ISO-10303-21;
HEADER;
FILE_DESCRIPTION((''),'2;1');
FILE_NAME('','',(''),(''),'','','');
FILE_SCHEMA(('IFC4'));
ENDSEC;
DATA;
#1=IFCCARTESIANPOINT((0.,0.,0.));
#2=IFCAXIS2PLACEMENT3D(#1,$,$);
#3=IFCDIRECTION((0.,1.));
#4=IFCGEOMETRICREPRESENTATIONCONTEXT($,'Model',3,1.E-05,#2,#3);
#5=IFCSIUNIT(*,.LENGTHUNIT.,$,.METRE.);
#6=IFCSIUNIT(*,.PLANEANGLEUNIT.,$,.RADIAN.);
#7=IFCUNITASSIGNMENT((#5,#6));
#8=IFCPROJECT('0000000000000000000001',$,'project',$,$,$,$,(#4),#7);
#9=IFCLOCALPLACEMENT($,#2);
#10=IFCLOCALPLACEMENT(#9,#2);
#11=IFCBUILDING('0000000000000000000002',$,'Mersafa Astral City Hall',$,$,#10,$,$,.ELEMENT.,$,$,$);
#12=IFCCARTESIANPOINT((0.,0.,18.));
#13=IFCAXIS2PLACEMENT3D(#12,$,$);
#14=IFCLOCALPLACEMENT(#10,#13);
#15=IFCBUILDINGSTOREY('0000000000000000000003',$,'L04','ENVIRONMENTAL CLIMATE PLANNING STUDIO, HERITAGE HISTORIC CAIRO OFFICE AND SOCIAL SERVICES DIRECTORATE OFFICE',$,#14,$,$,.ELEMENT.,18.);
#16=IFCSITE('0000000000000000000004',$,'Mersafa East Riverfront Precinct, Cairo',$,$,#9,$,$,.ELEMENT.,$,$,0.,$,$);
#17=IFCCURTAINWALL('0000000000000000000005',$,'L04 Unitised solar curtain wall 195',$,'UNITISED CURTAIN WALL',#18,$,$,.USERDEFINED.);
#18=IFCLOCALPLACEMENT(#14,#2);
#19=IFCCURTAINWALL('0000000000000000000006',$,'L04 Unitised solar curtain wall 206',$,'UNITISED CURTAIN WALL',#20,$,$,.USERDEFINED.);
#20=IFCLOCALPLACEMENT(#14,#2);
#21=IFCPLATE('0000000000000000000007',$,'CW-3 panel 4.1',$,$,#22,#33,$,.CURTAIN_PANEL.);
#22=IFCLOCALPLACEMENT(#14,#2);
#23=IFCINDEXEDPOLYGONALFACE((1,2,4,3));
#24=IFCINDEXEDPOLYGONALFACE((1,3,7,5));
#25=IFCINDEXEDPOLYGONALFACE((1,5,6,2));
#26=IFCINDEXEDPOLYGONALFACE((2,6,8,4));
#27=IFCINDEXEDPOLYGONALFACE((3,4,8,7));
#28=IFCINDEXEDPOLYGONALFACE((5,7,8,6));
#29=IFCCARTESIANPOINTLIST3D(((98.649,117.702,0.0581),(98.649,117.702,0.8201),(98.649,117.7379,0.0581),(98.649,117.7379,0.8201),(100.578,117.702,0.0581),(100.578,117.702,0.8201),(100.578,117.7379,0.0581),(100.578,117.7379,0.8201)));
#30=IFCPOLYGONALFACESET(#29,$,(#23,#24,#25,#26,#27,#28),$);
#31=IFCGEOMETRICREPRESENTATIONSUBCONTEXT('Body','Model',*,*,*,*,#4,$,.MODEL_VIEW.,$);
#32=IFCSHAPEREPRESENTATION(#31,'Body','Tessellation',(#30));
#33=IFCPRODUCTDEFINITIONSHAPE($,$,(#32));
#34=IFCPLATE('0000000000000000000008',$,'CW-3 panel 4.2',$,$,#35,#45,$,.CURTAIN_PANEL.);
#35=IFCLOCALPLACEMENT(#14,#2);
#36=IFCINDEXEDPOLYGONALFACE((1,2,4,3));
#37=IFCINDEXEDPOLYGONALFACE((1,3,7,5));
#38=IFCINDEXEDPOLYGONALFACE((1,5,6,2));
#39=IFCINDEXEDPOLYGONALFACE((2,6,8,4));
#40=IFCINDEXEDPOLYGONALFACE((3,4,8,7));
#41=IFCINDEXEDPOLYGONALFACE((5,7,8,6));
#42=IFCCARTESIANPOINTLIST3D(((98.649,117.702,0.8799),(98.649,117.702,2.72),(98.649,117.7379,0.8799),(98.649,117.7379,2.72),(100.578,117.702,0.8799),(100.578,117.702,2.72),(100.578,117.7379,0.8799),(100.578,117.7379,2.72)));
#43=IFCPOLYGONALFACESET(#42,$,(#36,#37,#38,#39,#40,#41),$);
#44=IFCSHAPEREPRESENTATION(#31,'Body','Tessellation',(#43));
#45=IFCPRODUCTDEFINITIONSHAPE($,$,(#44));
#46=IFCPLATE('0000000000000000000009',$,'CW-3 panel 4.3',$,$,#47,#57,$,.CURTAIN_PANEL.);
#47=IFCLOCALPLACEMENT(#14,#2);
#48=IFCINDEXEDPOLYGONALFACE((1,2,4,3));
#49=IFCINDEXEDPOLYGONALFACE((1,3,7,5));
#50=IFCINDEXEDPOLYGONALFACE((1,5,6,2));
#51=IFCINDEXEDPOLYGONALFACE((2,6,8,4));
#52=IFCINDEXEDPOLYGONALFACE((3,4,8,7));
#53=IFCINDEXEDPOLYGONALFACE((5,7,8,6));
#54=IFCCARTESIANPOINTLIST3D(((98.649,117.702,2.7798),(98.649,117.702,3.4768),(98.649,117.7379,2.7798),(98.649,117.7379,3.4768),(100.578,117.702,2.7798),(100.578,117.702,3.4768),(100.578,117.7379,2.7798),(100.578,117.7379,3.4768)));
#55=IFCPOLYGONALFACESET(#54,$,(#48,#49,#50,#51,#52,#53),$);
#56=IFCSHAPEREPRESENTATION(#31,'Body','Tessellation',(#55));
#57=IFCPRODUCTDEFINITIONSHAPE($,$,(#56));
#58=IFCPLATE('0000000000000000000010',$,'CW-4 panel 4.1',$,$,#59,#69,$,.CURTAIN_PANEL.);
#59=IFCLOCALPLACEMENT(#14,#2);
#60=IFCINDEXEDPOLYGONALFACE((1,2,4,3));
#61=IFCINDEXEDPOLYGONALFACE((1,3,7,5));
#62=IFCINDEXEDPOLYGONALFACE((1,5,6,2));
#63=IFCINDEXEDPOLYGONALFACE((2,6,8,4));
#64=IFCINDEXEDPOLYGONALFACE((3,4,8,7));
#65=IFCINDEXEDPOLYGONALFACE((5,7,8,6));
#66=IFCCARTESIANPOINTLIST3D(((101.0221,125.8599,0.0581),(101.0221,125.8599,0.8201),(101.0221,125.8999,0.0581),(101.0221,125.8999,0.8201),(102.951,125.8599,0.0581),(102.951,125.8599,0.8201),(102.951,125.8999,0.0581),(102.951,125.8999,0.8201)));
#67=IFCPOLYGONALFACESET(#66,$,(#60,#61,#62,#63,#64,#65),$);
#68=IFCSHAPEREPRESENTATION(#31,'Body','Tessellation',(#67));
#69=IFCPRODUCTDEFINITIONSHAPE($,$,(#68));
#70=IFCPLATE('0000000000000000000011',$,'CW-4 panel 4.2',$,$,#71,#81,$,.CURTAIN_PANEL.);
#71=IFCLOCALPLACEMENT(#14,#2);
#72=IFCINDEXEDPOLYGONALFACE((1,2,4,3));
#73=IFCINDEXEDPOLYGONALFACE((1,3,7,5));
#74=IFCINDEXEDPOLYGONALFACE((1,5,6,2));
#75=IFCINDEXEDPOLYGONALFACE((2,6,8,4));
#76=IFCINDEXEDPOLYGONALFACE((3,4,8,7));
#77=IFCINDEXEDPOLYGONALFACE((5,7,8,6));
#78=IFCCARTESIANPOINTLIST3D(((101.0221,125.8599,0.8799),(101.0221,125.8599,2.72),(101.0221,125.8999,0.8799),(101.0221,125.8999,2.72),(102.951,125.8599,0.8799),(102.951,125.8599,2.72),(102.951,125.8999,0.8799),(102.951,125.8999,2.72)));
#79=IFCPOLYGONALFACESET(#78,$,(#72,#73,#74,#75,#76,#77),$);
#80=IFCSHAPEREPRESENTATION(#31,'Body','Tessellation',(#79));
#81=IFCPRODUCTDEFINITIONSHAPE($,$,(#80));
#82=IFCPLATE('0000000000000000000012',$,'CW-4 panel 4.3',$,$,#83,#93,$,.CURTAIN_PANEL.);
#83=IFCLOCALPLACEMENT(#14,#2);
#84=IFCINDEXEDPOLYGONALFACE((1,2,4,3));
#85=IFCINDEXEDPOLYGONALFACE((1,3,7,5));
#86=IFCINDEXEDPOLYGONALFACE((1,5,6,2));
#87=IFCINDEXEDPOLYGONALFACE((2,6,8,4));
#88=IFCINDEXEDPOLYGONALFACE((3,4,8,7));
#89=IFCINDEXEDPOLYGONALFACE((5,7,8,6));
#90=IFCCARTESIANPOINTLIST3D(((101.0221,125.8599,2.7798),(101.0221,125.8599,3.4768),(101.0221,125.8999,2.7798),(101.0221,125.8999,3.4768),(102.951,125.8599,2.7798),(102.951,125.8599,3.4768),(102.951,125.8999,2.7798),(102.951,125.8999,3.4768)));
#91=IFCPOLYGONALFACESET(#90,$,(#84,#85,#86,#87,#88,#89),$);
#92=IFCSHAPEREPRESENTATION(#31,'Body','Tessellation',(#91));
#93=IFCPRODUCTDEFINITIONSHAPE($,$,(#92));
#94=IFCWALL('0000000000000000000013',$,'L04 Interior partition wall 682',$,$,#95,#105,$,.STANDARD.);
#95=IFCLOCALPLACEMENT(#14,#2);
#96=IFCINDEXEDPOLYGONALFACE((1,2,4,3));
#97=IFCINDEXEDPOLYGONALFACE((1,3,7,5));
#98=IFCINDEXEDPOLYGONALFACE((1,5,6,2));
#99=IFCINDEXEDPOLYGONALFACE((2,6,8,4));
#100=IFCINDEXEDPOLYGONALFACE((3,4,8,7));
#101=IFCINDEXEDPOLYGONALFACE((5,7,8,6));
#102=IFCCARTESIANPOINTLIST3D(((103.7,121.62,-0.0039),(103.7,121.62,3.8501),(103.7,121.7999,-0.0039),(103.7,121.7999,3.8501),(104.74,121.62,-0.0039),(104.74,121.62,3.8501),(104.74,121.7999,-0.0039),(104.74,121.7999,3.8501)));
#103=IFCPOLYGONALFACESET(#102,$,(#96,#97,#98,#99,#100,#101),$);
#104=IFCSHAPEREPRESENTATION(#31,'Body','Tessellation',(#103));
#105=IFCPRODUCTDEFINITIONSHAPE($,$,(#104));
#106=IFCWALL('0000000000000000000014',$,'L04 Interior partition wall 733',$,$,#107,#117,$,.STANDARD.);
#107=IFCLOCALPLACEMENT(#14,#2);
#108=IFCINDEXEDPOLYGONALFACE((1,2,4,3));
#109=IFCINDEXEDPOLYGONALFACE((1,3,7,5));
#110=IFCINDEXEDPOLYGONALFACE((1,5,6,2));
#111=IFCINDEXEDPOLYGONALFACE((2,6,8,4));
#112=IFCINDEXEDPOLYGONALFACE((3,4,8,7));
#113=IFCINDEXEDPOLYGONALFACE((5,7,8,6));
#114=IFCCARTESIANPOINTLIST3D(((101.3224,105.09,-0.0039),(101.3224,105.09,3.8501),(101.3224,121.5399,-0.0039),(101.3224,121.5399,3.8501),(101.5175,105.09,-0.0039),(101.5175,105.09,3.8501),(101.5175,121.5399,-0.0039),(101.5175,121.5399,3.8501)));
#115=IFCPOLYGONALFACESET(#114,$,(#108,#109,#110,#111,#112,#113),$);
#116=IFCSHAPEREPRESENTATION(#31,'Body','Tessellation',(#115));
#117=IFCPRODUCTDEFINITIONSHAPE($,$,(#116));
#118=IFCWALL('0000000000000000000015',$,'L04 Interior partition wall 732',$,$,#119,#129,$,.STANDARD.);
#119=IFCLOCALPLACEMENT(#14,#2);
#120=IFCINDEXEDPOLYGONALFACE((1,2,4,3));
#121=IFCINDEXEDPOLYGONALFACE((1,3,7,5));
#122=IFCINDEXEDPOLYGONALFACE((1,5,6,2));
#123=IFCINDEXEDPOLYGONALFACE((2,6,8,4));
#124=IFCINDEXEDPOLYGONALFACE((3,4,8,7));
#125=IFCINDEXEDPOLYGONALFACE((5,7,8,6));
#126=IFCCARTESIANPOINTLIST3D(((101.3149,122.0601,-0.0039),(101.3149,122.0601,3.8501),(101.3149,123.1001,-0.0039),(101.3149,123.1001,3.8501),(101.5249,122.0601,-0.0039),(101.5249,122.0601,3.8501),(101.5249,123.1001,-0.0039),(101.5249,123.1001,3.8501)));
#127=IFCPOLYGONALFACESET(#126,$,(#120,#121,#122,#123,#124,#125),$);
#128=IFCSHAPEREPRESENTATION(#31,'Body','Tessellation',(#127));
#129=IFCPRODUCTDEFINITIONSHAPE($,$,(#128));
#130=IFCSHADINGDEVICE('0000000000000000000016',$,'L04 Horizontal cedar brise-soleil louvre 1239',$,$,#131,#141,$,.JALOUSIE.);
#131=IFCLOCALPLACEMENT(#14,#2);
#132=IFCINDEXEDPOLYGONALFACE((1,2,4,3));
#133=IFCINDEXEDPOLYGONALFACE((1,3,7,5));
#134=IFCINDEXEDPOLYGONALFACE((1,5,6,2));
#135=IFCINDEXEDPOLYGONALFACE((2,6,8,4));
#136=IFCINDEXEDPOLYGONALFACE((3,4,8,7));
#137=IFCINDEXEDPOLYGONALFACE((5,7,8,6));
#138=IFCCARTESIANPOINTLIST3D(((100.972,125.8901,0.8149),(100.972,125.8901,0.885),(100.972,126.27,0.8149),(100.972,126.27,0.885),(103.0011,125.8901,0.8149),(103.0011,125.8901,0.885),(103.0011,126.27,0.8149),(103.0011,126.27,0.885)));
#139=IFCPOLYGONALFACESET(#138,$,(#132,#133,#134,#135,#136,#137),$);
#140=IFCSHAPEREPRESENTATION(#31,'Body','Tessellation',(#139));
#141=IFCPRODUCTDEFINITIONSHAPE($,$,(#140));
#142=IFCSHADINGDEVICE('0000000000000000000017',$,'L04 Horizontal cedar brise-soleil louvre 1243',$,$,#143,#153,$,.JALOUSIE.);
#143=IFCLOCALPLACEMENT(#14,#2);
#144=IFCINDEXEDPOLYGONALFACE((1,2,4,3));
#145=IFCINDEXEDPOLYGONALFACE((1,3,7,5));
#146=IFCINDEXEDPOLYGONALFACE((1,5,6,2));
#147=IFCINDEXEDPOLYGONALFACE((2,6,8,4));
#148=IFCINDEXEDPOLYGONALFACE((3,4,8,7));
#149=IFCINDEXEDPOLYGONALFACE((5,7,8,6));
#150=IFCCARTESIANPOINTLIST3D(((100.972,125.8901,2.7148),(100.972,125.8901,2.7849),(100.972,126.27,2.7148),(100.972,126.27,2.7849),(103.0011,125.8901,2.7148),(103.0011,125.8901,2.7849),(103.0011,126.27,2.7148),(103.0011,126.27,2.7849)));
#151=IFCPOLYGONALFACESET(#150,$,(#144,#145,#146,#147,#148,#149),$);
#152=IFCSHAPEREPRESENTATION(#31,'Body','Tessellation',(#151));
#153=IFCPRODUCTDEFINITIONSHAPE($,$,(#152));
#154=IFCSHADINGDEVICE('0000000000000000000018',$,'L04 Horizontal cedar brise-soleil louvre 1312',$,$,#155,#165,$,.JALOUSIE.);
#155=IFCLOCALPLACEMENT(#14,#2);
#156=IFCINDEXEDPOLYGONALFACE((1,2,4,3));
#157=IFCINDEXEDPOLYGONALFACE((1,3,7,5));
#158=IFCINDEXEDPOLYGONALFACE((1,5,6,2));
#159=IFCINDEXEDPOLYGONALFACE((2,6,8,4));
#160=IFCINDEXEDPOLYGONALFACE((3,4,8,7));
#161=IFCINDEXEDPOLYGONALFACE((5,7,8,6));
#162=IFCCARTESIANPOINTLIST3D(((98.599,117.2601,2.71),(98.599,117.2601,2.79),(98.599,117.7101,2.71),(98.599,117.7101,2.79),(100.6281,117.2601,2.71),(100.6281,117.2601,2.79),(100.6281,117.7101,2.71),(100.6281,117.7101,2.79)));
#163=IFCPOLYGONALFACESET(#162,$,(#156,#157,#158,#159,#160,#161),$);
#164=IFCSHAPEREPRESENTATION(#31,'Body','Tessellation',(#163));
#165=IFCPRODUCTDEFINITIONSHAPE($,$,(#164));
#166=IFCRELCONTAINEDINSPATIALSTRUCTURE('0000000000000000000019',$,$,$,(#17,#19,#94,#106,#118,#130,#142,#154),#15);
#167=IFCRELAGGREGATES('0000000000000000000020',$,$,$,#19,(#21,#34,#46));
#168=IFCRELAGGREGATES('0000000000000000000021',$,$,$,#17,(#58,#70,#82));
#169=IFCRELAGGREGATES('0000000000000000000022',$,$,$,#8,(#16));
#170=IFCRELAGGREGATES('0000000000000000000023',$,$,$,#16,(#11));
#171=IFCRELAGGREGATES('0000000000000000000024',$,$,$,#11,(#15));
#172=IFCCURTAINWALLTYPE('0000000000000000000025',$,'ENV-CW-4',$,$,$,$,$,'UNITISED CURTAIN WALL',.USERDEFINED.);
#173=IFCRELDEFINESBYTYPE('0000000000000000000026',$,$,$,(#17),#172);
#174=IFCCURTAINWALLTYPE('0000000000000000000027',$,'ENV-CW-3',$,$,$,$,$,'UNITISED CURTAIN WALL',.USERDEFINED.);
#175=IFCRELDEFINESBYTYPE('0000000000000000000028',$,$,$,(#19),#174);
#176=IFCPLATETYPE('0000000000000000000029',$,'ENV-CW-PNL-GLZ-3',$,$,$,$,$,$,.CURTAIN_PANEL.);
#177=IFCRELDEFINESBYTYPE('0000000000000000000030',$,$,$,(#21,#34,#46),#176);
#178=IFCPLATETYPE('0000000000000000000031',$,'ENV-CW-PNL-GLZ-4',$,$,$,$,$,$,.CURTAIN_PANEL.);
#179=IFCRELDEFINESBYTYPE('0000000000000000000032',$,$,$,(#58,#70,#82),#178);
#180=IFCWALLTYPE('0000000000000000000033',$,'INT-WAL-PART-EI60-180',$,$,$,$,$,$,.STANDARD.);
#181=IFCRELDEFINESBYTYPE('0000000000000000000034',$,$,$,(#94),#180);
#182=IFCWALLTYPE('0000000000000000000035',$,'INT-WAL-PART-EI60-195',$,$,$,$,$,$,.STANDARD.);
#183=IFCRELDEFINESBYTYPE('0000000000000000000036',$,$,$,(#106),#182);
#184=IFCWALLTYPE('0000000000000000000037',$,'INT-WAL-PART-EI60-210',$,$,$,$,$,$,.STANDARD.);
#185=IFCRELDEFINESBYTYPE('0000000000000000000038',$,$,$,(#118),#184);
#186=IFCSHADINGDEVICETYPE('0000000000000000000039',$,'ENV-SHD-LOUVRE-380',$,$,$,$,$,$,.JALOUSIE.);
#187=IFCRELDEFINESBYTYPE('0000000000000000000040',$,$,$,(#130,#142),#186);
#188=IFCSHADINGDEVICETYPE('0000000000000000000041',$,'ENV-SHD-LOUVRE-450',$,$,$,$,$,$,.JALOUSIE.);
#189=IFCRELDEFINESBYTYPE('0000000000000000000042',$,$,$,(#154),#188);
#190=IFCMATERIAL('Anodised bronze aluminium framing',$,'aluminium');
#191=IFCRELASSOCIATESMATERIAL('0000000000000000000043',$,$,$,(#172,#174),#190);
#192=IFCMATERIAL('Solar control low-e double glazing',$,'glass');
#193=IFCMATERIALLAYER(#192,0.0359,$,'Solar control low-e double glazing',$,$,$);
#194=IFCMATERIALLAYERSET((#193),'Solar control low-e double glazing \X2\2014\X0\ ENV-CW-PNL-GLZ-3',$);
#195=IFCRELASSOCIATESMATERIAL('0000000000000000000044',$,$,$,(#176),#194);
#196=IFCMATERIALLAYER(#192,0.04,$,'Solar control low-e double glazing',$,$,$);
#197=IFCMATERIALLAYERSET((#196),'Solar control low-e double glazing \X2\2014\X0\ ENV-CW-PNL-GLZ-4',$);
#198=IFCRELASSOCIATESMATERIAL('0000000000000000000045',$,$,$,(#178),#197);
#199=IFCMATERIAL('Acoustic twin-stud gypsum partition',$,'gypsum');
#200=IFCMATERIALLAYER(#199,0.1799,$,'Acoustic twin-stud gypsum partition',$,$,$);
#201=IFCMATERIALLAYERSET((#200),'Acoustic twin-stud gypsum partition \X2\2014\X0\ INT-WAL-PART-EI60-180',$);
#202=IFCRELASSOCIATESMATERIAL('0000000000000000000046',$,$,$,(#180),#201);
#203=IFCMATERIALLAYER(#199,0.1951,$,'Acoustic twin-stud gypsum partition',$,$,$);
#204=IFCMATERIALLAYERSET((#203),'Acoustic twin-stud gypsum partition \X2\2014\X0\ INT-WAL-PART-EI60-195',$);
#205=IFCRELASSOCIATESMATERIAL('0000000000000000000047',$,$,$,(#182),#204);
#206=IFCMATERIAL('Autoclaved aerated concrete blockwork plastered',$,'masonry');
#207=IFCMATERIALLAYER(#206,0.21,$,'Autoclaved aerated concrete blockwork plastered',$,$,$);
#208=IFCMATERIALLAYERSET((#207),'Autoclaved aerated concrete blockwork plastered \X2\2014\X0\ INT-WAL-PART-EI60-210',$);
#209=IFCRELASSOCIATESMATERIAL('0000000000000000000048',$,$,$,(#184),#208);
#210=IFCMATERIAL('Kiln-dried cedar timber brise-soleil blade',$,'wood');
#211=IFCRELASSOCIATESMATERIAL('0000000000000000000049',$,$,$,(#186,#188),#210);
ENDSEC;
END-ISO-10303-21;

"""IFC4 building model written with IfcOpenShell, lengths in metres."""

from ifc_helpers import new_model, si_unit, direction, frame, frame_2d, origin, origin_2d, place, context, subcontext, project, spatial, rectangle, extrude, material, layer, layer_set, type_object, element, aggregate, save


model = new_model("IFC4")

# Units and contexts
model_context = context("Model", 3, precision=1e-05, world=origin(), true_north=direction((0.0, 1.0)))
body_context = subcontext(model_context, "Body", "Model", "MODEL_VIEW")
ifc_project = project(units=[si_unit("LENGTHUNIT", "METRE"), si_unit("PLANEANGLEUNIT", "RADIAN")], contexts=[model_context])

# Site, building, storey
site_placement = place(None, origin())
site = spatial("IfcSite", under=ifc_project, at=site_placement, Name="Mersafa East Riverfront Precinct, Cairo", CompositionType="ELEMENT", RefElevation=0.0)
building_placement = place(site_placement, origin())
building = spatial("IfcBuilding", under=site, at=building_placement, Name="Mersafa Astral City Hall", CompositionType="ELEMENT")
storey_placement = place(building_placement, frame((0.0, 0.0, 18.0)))
storey = spatial("IfcBuildingStorey", under=building, at=storey_placement, Name="L04", Description="ENVIRONMENTAL CLIMATE PLANNING STUDIO, HERITAGE HISTORIC CAIRO OFFICE AND SOCIAL SERVICES DIRECTORATE OFFICE", CompositionType="ELEMENT", Elevation=18.0)

# Curtain wall
ifc_material_1 = material(Name="Anodised bronze aluminium framing", Category="aluminium")
curtain_wall_type_1 = type_object("IfcCurtainWallType", Name="ENV-CW-4", ElementType="UNITISED CURTAIN WALL", PredefinedType="USERDEFINED", material=ifc_material_1)
curtain_wall_1_placement = place(storey_placement, origin())
curtain_wall_1 = element("IfcCurtainWall", 1, at=curtain_wall_1_placement, inside=storey, type_object=curtain_wall_type_1, Name="L04 Unitised solar curtain wall 195", ObjectType="UNITISED CURTAIN WALL", PredefinedType="USERDEFINED")

# Curtain wall
curtain_wall_type_2 = type_object("IfcCurtainWallType", Name="ENV-CW-3", ElementType="UNITISED CURTAIN WALL", PredefinedType="USERDEFINED", material=ifc_material_1)
curtain_wall_2_placement = place(storey_placement, origin())
curtain_wall_2 = element("IfcCurtainWall", 2, at=curtain_wall_2_placement, inside=storey, type_object=curtain_wall_type_2, Name="L04 Unitised solar curtain wall 206", ObjectType="UNITISED CURTAIN WALL", PredefinedType="USERDEFINED")

# Plates
ifc_material_2 = material(Name="Solar control low-e double glazing", Category="glass")
ifc_layer_1 = layer(ifc_material_2, 0.0359, Name="Solar control low-e double glazing")
ifc_layer_set_1 = layer_set([ifc_layer_1], Name="Solar control low-e double glazing — ENV-CW-PNL-GLZ-3")
plate_type_1 = type_object("IfcPlateType", Name="ENV-CW-PNL-GLZ-3", PredefinedType="CURTAIN_PANEL", material=ifc_layer_set_1)
plate_1_placement = place(storey_placement, frame((99.6135, 117.72, 0.0581), z_axis=(0.0, 0.0, 1.0), x_axis=(1.0, 0.0, 0.0)))
plate_1 = element("IfcPlate", 3, at=plate_1_placement, type_object=plate_type_1, Name="CW-3 panel 4.1", PredefinedType="CURTAIN_PANEL", context=body_context, shape_type="SweptSolid", body=[
    extrude(rectangle(XDim=1.929, YDim=0.0359, at=origin_2d()), origin(), (0.0, 0.0, 1.0), 0.762),
])
plate_2_placement = place(storey_placement, frame((99.6135, 117.72, 0.8799), z_axis=(0.0, 0.0, 1.0), x_axis=(1.0, 0.0, 0.0)))
plate_2 = element("IfcPlate", 4, at=plate_2_placement, type_object=plate_type_1, Name="CW-3 panel 4.2", PredefinedType="CURTAIN_PANEL", context=body_context, shape_type="SweptSolid", body=[
    extrude(rectangle(XDim=1.929, YDim=0.0359, at=origin_2d()), origin(), (0.0, 0.0, 1.0), 1.8401),
])
plate_3_placement = place(storey_placement, frame((99.6135, 117.72, 2.7798), z_axis=(0.0, 0.0, 1.0), x_axis=(1.0, 0.0, 0.0)))
plate_3 = element("IfcPlate", 5, at=plate_3_placement, type_object=plate_type_1, Name="CW-3 panel 4.3", PredefinedType="CURTAIN_PANEL", context=body_context, shape_type="SweptSolid", body=[
    extrude(rectangle(XDim=1.929, YDim=0.0359, at=origin_2d()), origin(), (0.0, 0.0, 1.0), 0.697),
])
aggregate(curtain_wall_2, [plate_1, plate_2, plate_3])
ifc_layer_2 = layer(ifc_material_2, 0.04, Name="Solar control low-e double glazing")
ifc_layer_set_2 = layer_set([ifc_layer_2], Name="Solar control low-e double glazing — ENV-CW-PNL-GLZ-4")
plate_type_2 = type_object("IfcPlateType", Name="ENV-CW-PNL-GLZ-4", PredefinedType="CURTAIN_PANEL", material=ifc_layer_set_2)
plate_4_placement = place(storey_placement, frame((101.9866, 125.8799, 0.0581), z_axis=(0.0, 0.0, 1.0), x_axis=(-1.0, 0.0, 0.0)))
plate_4 = element("IfcPlate", 6, at=plate_4_placement, type_object=plate_type_2, Name="CW-4 panel 4.1", PredefinedType="CURTAIN_PANEL", context=body_context, shape_type="SweptSolid", body=[
    extrude(rectangle(XDim=1.929, YDim=0.04, at=origin_2d()), origin(), (0.0, 0.0, 1.0), 0.762),
])
plate_5_placement = place(storey_placement, frame((101.9866, 125.8799, 0.8799), z_axis=(0.0, 0.0, 1.0), x_axis=(-1.0, 0.0, 0.0)))
plate_5 = element("IfcPlate", 7, at=plate_5_placement, type_object=plate_type_2, Name="CW-4 panel 4.2", PredefinedType="CURTAIN_PANEL", context=body_context, shape_type="SweptSolid", body=[
    extrude(rectangle(XDim=1.929, YDim=0.04, at=origin_2d()), origin(), (0.0, 0.0, 1.0), 1.8401),
])
plate_6_placement = place(storey_placement, frame((101.9866, 125.8799, 2.7798), z_axis=(0.0, 0.0, 1.0), x_axis=(-1.0, 0.0, 0.0)))
plate_6 = element("IfcPlate", 8, at=plate_6_placement, type_object=plate_type_2, Name="CW-4 panel 4.3", PredefinedType="CURTAIN_PANEL", context=body_context, shape_type="SweptSolid", body=[
    extrude(rectangle(XDim=1.929, YDim=0.04, at=origin_2d()), origin(), (0.0, 0.0, 1.0), 0.697),
])
aggregate(curtain_wall_1, [plate_4, plate_5, plate_6])

# Walls
ifc_material_3 = material(Name="Acoustic twin-stud gypsum partition", Category="gypsum")
ifc_layer_3 = layer(ifc_material_3, 0.1799, Name="Acoustic twin-stud gypsum partition")
ifc_layer_set_3 = layer_set([ifc_layer_3], Name="Acoustic twin-stud gypsum partition — INT-WAL-PART-EI60-180")
wall_type_1 = type_object("IfcWallType", Name="INT-WAL-PART-EI60-180", PredefinedType="STANDARD", material=ifc_layer_set_3)
wall_1_placement = place(storey_placement, frame((103.7, 121.71, -0.0039), z_axis=(0.0, 0.0, 1.0), x_axis=(1.0, 0.0, 0.0)))
element("IfcWall", 9, at=wall_1_placement, inside=storey, type_object=wall_type_1, Name="L04 Interior partition wall 682", PredefinedType="STANDARD", context=body_context, shape_type="SweptSolid", body=[
    extrude(rectangle(XDim=1.04, YDim=0.1799, at=frame_2d((0.52, 0.0))), origin(), (0.0, 0.0, 1.0), 3.854),
])
ifc_layer_4 = layer(ifc_material_3, 0.1951, Name="Acoustic twin-stud gypsum partition")
ifc_layer_set_4 = layer_set([ifc_layer_4], Name="Acoustic twin-stud gypsum partition — INT-WAL-PART-EI60-195")
wall_type_2 = type_object("IfcWallType", Name="INT-WAL-PART-EI60-195", PredefinedType="STANDARD", material=ifc_layer_set_4)
wall_2_placement = place(storey_placement, frame((101.4199, 121.54, -0.0039), z_axis=(0.0, 0.0, 1.0), x_axis=(0.0, -1.0, 0.0)))
element("IfcWall", 10, at=wall_2_placement, inside=storey, type_object=wall_type_2, Name="L04 Interior partition wall 733", PredefinedType="STANDARD", context=body_context, shape_type="SweptSolid", body=[
    extrude(rectangle(XDim=16.45, YDim=0.1951, at=frame_2d((8.2251, 0.0))), origin(), (0.0, 0.0, 1.0), 3.854),
])
ifc_material_4 = material(Name="Autoclaved aerated concrete blockwork plastered", Category="masonry")
ifc_layer_5 = layer(ifc_material_4, 0.21, Name="Autoclaved aerated concrete blockwork plastered")
ifc_layer_set_5 = layer_set([ifc_layer_5], Name="Autoclaved aerated concrete blockwork plastered — INT-WAL-PART-EI60-210")
wall_type_3 = type_object("IfcWallType", Name="INT-WAL-PART-EI60-210", PredefinedType="STANDARD", material=ifc_layer_set_5)
wall_3_placement = place(storey_placement, frame((101.4199, 123.1001, -0.0039), z_axis=(0.0, 0.0, 1.0), x_axis=(0.0, -1.0, 0.0)))
element("IfcWall", 11, at=wall_3_placement, inside=storey, type_object=wall_type_3, Name="L04 Interior partition wall 732", PredefinedType="STANDARD", context=body_context, shape_type="SweptSolid", body=[
    extrude(rectangle(XDim=1.04, YDim=0.21, at=frame_2d((0.52, 0.0))), origin(), (0.0, 0.0, 1.0), 3.854),
])

# Shading devices
ifc_material_5 = material(Name="Kiln-dried cedar timber brise-soleil blade", Category="wood")
shading_device_type_1 = type_object("IfcShadingDeviceType", Name="ENV-SHD-LOUVRE-380", PredefinedType="JALOUSIE", material=ifc_material_5)
for number, where, z_axis, x_axis, name in (
    (12, (101.9866, 126.0801, 0.8149), (0.0, 0.0, 1.0), (-1.0, 0.0, 0.0), "L04 Horizontal cedar brise-soleil louvre 1239"),
    (13, (101.9866, 126.0801, 2.7148), (0.0, 0.0, 1.0), (-1.0, 0.0, 0.0), "L04 Horizontal cedar brise-soleil louvre 1243"),
):
    element("IfcShadingDevice", number, at=place(storey_placement, frame(where, z_axis=z_axis, x_axis=x_axis)), inside=storey, type_object=shading_device_type_1, Name=name, PredefinedType="JALOUSIE", context=body_context, shape_type="SweptSolid", body=[
        extrude(rectangle(XDim=2.0291, YDim=0.3799, at=origin_2d()), origin(), (0.0, 0.0, 1.0), 0.0701),
    ])
shading_device_type_2 = type_object("IfcShadingDeviceType", Name="ENV-SHD-LOUVRE-450", PredefinedType="JALOUSIE", material=ifc_material_5)
shading_device_placement = place(storey_placement, frame((99.6135, 117.4851, 2.71), z_axis=(0.0, 0.0, 1.0), x_axis=(1.0, 0.0, 0.0)))
element("IfcShadingDevice", 14, at=shading_device_placement, inside=storey, type_object=shading_device_type_2, Name="L04 Horizontal cedar brise-soleil louvre 1312", PredefinedType="JALOUSIE", context=body_context, shape_type="SweptSolid", body=[
    extrude(rectangle(XDim=2.0291, YDim=0.45, at=origin_2d()), origin(), (0.0, 0.0, 1.0), 0.0801),
])

save(model, "model.ifc")
